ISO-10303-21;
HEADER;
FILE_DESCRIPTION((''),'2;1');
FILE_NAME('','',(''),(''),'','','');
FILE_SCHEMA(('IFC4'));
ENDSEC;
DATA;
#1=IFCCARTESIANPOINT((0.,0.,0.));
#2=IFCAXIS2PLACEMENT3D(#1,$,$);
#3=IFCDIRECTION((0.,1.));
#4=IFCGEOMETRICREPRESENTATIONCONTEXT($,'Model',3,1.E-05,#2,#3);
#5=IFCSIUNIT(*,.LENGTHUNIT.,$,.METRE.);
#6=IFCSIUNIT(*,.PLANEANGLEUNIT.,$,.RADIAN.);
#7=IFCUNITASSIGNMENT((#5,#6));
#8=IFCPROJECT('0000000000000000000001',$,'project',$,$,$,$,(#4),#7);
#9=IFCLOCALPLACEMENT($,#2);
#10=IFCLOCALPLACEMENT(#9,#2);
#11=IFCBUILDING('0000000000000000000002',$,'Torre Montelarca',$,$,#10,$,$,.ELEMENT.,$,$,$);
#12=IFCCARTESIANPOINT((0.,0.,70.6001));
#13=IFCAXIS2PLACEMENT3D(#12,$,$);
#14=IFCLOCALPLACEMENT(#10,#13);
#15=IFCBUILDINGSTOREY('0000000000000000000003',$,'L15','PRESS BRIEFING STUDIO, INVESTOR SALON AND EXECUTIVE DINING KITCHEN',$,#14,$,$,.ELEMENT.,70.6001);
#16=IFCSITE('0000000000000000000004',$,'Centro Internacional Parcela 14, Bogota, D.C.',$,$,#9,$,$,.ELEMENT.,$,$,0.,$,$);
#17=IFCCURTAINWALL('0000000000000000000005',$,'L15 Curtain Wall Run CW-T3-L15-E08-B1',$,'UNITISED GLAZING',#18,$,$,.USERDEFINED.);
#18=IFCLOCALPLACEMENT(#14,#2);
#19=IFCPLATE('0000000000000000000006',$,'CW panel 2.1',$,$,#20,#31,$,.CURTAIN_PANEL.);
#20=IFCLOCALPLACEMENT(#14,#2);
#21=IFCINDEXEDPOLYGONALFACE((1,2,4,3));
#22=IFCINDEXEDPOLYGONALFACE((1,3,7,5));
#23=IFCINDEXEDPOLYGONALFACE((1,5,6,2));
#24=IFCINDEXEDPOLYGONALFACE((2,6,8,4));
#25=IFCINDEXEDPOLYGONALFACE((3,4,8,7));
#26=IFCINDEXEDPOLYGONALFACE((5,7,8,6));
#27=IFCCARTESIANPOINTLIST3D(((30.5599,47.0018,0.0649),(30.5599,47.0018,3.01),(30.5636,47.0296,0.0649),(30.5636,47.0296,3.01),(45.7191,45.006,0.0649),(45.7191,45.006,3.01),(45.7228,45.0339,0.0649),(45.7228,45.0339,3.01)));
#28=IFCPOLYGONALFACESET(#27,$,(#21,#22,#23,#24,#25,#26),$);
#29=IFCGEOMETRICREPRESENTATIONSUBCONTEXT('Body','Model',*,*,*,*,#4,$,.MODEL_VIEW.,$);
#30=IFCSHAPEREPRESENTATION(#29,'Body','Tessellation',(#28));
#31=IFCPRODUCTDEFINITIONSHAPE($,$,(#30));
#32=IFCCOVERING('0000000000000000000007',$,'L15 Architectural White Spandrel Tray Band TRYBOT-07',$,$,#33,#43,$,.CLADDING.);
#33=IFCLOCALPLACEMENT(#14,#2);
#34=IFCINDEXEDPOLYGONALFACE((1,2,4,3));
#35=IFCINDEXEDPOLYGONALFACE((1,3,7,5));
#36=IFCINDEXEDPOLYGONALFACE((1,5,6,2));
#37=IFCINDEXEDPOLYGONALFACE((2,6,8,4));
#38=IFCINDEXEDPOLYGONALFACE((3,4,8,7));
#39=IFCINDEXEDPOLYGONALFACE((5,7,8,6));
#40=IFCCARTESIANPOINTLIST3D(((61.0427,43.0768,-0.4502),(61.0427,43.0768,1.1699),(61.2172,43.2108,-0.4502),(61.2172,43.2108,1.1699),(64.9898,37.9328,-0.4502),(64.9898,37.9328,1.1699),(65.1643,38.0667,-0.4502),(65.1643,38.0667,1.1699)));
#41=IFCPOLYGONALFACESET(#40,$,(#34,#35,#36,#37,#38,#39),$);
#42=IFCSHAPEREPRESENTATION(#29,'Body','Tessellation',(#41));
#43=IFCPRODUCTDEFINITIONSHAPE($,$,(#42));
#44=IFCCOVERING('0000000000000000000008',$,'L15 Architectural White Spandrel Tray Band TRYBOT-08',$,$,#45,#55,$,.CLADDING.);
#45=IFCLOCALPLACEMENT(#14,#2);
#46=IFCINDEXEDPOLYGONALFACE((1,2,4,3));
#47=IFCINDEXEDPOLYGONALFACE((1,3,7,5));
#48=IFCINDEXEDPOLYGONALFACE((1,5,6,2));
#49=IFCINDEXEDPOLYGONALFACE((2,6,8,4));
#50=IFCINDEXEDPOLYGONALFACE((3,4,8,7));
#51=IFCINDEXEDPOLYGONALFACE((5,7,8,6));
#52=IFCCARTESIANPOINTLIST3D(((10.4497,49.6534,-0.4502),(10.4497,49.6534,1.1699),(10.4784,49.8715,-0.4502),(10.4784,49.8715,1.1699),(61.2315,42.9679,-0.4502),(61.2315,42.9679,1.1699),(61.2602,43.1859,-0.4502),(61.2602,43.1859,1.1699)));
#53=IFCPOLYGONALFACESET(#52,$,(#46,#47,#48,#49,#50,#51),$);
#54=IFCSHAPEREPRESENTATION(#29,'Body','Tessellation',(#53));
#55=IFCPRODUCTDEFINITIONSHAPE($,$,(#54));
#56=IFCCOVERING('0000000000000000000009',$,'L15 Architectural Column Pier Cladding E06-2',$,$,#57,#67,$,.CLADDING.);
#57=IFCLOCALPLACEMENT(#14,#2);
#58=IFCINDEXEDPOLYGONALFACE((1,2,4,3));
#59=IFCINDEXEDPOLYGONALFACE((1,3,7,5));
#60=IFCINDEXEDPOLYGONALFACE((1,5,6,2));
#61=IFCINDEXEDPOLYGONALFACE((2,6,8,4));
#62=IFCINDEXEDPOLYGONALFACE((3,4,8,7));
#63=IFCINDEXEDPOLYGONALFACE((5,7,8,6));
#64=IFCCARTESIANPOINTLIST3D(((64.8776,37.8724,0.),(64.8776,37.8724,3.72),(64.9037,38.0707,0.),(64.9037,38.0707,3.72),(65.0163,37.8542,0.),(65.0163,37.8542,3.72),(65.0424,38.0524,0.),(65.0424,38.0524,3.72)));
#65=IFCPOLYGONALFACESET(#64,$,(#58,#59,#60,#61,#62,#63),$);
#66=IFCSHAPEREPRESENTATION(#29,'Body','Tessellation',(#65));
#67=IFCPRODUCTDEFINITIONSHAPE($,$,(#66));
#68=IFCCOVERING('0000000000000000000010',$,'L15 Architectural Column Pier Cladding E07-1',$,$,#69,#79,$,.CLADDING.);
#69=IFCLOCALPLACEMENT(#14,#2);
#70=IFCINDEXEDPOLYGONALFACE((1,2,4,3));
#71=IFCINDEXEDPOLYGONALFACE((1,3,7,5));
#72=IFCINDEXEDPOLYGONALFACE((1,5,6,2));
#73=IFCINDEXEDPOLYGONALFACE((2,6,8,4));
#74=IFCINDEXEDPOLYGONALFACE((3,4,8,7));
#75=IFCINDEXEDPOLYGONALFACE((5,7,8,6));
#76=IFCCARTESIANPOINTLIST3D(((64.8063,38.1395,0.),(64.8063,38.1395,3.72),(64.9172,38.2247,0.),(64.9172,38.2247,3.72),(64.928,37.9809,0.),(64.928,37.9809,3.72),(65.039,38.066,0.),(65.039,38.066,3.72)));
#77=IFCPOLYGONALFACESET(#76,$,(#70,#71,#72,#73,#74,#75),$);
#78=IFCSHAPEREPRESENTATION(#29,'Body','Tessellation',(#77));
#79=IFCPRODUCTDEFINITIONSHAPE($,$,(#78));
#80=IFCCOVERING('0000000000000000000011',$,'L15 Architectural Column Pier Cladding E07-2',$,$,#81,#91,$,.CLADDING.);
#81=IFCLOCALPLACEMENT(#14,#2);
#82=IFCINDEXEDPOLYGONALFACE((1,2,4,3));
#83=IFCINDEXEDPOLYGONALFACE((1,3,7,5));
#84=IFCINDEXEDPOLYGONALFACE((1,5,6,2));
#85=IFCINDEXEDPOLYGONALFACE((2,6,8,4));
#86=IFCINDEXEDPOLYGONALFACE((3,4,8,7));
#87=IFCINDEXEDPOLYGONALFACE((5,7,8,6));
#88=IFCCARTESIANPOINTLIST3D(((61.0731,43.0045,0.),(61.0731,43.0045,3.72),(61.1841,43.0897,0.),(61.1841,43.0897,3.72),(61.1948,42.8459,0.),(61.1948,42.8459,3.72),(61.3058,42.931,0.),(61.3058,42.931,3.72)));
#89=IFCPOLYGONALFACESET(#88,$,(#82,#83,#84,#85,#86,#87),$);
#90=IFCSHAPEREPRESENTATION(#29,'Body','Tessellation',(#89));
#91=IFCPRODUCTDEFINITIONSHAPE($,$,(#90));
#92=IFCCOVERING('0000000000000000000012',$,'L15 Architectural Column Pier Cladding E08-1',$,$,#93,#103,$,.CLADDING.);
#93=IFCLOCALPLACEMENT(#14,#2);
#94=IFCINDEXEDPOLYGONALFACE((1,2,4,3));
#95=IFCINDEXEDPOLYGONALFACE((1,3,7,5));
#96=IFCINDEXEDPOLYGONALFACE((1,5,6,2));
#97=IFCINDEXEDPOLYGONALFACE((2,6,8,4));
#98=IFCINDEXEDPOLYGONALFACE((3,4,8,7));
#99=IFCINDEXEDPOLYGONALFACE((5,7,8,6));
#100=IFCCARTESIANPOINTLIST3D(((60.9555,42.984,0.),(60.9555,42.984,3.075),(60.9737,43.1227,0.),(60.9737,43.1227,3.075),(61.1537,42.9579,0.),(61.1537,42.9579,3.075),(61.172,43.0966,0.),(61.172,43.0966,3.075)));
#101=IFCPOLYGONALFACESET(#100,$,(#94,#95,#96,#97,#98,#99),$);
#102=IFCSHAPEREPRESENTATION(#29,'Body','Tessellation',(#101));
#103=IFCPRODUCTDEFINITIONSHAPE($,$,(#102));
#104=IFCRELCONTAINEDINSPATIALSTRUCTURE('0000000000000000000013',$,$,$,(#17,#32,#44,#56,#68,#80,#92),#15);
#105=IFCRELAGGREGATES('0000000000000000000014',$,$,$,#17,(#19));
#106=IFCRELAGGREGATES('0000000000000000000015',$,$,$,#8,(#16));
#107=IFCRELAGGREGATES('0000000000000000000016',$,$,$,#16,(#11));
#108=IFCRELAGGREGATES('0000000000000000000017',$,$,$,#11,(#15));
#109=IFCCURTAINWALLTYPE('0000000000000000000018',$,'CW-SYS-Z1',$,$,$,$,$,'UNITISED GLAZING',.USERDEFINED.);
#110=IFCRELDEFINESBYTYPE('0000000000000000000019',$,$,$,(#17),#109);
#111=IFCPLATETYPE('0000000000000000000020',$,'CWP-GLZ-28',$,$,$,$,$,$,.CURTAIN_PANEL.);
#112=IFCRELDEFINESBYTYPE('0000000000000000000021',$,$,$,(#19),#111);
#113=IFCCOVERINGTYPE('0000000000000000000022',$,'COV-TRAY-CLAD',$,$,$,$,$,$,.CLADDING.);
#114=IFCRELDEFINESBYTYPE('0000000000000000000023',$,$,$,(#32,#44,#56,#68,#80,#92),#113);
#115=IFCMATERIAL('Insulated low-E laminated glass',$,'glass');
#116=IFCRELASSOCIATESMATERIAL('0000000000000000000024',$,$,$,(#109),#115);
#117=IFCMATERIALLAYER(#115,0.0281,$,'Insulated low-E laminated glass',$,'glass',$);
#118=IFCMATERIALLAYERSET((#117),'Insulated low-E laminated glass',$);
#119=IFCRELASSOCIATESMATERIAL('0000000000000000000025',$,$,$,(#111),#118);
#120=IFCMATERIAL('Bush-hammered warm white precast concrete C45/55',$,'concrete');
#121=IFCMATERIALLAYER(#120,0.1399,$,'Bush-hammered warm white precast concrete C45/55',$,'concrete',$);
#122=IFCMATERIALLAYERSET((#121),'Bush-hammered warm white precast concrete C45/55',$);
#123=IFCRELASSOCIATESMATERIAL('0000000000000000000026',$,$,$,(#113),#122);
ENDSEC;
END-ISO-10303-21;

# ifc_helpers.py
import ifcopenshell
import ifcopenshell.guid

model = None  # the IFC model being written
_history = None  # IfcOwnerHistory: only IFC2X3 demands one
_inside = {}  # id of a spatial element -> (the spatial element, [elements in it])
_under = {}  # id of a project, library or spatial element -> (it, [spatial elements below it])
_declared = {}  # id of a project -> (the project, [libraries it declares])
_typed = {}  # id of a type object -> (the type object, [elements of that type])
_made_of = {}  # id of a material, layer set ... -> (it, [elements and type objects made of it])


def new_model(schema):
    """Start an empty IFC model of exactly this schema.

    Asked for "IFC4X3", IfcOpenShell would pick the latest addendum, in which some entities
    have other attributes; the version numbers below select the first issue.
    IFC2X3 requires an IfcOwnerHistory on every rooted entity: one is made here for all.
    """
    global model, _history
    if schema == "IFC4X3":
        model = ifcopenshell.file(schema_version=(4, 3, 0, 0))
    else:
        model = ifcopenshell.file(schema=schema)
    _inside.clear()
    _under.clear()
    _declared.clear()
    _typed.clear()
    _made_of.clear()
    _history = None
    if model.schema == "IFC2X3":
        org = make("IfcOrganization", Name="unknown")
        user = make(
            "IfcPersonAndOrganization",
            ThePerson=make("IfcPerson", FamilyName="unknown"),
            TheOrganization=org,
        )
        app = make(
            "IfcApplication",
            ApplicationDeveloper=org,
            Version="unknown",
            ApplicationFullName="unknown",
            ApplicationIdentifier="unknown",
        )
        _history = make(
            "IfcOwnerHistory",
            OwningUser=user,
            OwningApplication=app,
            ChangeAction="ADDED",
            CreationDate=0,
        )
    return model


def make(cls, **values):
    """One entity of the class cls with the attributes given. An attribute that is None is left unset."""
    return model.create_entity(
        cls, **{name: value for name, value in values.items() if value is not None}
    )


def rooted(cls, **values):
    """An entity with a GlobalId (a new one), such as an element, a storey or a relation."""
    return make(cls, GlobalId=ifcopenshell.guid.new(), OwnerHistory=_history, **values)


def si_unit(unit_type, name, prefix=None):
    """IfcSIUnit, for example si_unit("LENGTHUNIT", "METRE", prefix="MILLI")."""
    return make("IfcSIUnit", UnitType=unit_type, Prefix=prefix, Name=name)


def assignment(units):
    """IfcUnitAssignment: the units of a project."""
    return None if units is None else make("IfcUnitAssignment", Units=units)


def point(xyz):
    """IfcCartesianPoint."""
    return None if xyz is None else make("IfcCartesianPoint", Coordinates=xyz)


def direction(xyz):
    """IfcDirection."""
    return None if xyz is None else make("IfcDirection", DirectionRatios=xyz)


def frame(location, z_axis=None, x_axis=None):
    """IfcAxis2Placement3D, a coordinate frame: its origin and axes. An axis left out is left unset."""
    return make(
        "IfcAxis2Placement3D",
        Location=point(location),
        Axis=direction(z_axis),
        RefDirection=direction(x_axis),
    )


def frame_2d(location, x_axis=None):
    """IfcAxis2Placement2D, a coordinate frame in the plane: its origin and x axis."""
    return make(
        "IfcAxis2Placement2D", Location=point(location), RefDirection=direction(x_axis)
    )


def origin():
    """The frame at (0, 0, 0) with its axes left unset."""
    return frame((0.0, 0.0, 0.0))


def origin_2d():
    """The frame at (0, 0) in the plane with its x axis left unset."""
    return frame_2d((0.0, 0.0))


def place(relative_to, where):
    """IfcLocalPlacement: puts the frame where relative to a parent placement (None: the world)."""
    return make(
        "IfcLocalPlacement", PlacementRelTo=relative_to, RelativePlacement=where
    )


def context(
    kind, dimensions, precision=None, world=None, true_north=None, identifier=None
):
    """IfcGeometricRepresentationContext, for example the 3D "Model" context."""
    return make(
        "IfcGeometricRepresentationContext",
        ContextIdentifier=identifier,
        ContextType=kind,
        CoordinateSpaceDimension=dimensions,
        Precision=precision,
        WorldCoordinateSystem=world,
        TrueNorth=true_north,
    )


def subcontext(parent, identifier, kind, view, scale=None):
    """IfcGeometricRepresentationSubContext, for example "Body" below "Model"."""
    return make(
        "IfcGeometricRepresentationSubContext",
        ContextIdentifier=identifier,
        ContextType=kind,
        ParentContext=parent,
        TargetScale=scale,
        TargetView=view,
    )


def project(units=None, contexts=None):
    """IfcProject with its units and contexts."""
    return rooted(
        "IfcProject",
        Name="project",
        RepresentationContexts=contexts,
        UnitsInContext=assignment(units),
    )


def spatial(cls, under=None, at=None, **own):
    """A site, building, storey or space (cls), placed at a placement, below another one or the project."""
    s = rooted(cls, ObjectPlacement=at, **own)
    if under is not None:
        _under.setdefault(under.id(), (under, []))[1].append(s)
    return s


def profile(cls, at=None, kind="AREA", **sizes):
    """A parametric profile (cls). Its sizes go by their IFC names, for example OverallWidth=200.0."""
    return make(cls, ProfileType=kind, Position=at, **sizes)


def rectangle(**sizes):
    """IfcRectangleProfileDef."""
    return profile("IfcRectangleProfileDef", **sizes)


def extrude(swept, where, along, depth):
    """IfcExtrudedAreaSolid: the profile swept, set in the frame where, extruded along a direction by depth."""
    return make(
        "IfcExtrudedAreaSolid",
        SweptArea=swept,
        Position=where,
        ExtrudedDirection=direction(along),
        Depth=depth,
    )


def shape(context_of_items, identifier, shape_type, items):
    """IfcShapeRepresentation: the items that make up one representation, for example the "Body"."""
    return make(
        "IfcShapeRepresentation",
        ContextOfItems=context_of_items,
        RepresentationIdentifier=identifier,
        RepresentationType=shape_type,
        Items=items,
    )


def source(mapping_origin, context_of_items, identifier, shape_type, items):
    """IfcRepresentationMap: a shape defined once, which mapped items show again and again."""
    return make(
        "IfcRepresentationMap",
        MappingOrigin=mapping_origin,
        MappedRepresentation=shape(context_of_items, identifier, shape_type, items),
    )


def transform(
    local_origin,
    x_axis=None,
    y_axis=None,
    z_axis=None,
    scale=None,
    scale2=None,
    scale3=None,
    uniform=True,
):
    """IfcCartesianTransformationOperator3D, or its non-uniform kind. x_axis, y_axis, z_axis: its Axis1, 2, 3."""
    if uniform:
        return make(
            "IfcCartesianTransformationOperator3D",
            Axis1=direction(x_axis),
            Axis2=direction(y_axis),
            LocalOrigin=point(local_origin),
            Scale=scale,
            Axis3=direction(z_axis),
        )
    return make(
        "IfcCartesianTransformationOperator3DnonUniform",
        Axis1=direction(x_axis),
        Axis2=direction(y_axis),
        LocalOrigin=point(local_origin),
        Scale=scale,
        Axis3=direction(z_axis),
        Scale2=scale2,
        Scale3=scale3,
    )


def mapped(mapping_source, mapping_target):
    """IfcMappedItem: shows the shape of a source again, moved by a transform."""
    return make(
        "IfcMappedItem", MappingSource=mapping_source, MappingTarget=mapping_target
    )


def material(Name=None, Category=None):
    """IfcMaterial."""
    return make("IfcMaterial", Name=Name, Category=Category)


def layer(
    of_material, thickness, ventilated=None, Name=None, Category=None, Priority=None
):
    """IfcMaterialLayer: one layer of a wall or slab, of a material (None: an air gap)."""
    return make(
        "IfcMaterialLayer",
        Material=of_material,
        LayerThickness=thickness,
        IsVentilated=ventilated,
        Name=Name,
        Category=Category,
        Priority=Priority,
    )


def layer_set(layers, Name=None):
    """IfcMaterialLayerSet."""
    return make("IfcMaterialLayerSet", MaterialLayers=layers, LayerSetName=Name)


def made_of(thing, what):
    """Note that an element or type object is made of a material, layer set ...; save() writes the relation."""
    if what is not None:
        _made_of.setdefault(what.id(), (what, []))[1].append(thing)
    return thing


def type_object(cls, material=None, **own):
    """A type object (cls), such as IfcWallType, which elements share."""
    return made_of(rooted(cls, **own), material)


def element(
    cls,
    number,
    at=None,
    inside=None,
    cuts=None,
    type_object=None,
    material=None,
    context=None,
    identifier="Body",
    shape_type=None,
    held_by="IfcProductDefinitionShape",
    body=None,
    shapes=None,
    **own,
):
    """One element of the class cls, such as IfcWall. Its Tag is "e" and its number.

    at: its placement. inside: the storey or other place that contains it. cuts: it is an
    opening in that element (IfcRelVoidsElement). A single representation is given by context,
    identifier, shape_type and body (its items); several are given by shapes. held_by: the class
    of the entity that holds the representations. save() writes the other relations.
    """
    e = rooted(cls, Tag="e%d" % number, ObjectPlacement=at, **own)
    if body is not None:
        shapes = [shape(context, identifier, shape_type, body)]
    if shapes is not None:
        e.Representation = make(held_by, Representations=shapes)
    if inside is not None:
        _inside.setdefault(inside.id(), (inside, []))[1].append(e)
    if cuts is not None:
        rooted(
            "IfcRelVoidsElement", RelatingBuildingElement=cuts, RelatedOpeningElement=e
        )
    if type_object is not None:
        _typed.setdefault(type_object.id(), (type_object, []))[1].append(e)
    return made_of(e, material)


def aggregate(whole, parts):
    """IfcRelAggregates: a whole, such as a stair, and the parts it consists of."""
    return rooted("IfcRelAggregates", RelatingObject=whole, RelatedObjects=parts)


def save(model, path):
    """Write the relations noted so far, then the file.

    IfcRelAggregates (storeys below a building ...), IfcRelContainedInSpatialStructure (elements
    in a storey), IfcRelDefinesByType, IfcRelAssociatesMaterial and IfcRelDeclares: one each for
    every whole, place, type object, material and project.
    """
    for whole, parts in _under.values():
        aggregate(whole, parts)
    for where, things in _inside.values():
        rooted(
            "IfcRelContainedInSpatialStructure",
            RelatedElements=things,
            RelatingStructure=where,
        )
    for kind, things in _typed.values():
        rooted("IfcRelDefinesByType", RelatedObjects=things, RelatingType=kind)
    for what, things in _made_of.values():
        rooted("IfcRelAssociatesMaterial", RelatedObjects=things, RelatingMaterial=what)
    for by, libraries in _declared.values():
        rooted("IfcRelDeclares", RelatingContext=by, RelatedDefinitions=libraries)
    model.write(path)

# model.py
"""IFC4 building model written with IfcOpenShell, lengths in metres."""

from ifc_helpers import new_model, si_unit, direction, frame, origin, origin_2d, place, context, subcontext, project, spatial, rectangle, extrude, source, transform, mapped, material, layer, layer_set, type_object, element, aggregate, save


model = new_model("IFC4")

# Units and contexts
model_context = context("Model", 3, precision=1e-05, world=origin(), true_north=direction((0.0, 1.0)))
body_context = subcontext(model_context, "Body", "Model", "MODEL_VIEW")
ifc_project = project(units=[si_unit("LENGTHUNIT", "METRE"), si_unit("PLANEANGLEUNIT", "RADIAN")], contexts=[model_context])

# Site, building, storey
site_placement = place(None, origin())
site = spatial("IfcSite", under=ifc_project, at=site_placement, Name="Centro Internacional Parcela 14, Bogota, D.C.", CompositionType="ELEMENT", RefElevation=0.0)
building_placement = place(site_placement, origin())
building = spatial("IfcBuilding", under=site, at=building_placement, Name="Torre Montelarca", CompositionType="ELEMENT")
storey_placement = place(building_placement, frame((0.0, 0.0, 70.6001)))
storey = spatial("IfcBuildingStorey", under=building, at=storey_placement, Name="L15", Description="PRESS BRIEFING STUDIO, INVESTOR SALON AND EXECUTIVE DINING KITCHEN", CompositionType="ELEMENT", Elevation=70.6001)

# Curtain wall
ifc_material_1 = material(Name="Insulated low-E laminated glass", Category="glass")
curtain_wall_type = type_object("IfcCurtainWallType", Name="CW-SYS-Z1", ElementType="UNITISED GLAZING", PredefinedType="USERDEFINED", material=ifc_material_1)
curtain_wall_1_placement = place(storey_placement, origin())
curtain_wall_1 = element("IfcCurtainWall", 1, at=curtain_wall_1_placement, inside=storey, type_object=curtain_wall_type, Name="L15 Curtain Wall Run CW-T3-L15-E08-B1", ObjectType="UNITISED GLAZING", PredefinedType="USERDEFINED")

# Plate
ifc_layer_1 = layer(ifc_material_1, 0.0281, Name="Insulated low-E laminated glass", Category="glass")
ifc_layer_set_1 = layer_set([ifc_layer_1], Name="Insulated low-E laminated glass")
plate_type = type_object("IfcPlateType", Name="CWP-GLZ-28", PredefinedType="CURTAIN_PANEL", material=ifc_layer_set_1)
shared_shape_1 = source(origin(), body_context, "Body", "SweptSolid", [
    extrude(rectangle(XDim=15.29, YDim=0.0281, at=origin_2d()), origin(), (0.0, 0.0, 1.0), 2.9451),
])
plate_1_placement = place(storey_placement, frame((38.1414, 46.0178, 0.0649), z_axis=(0.0, 0.0, 1.0), x_axis=(-0.991445, 0.130525, 0.0)))
plate_1 = element("IfcPlate", 2, at=plate_1_placement, type_object=plate_type, Name="CW panel 2.1", PredefinedType="CURTAIN_PANEL", context=body_context, shape_type="MappedRepresentation", body=[
    mapped(shared_shape_1, transform((0.0, 0.0, 0.0), scale=1.0)),
])
aggregate(curtain_wall_1, [plate_1])

# Coverings
ifc_material_2 = material(Name="Bush-hammered warm white precast concrete C45/55", Category="concrete")
ifc_layer_2 = layer(ifc_material_2, 0.1399, Name="Bush-hammered warm white precast concrete C45/55", Category="concrete")
ifc_layer_set_2 = layer_set([ifc_layer_2], Name="Bush-hammered warm white precast concrete C45/55")
covering_type = type_object("IfcCoveringType", Name="COV-TRAY-CLAD", PredefinedType="CLADDING", material=ifc_layer_set_2)
shared_shape_2 = source(origin(), body_context, "Body", "SweptSolid", [
    extrude(rectangle(XDim=6.4839, YDim=0.22, at=origin_2d()), origin(), (0.0, 0.0, 1.0), 1.6201),
])
covering_1_placement = place(storey_placement, frame((63.1035, 40.5718, -0.4502), z_axis=(0.0, 0.0, 1.0), x_axis=(-0.608756, 0.793358, 0.0)))
element("IfcCovering", 3, at=covering_1_placement, inside=storey, type_object=covering_type, Name="L15 Architectural White Spandrel Tray Band TRYBOT-07", PredefinedType="CLADDING", context=body_context, shape_type="MappedRepresentation", body=[
    mapped(shared_shape_2, transform((0.0, 0.0, 0.0), scale=1.0)),
])
shared_shape_3 = source(origin(), body_context, "Body", "SweptSolid", [
    extrude(rectangle(XDim=51.22, YDim=0.22, at=origin_2d()), origin(), (0.0, 0.0, 1.0), 1.6201),
])
covering_2_placement = place(storey_placement, frame((35.855, 46.4197, -0.4502), z_axis=(0.0, 0.0, 1.0), x_axis=(-0.991445, 0.130526, 0.0)))
element("IfcCovering", 4, at=covering_2_placement, inside=storey, type_object=covering_type, Name="L15 Architectural White Spandrel Tray Band TRYBOT-08", PredefinedType="CLADDING", context=body_context, shape_type="MappedRepresentation", body=[
    mapped(shared_shape_3, transform((0.0, 0.0, 0.0), scale=1.0)),
])
shared_shape_4 = source(origin(), body_context, "Body", "SweptSolid", [
    extrude(rectangle(XDim=0.2, YDim=0.1399, at=origin_2d()), origin(), (0.0, 0.0, 1.0), 3.72),
])
for number, where, z_axis, x_axis, name in (
    (5, (64.96, 37.9624, 0.0), (0.0, 0.0, 1.0), (0.130524, 0.991445, 0.0), "L15 Architectural Column Pier Cladding E06-2"),
    (6, (64.9226, 38.1028, 0.0), (0.0, 0.0, 1.0), (-0.608764, 0.793351, 0.0), "L15 Architectural Column Pier Cladding E07-1"),
    (7, (61.1895, 42.9678, 0.0), (0.0, 0.0, 1.0), (-0.608764, 0.793351, 0.0), "L15 Architectural Column Pier Cladding E07-2"),
):
    element("IfcCovering", number, at=place(storey_placement, frame(where, z_axis=z_axis, x_axis=x_axis)), inside=storey, type_object=covering_type, Name=name, PredefinedType="CLADDING", context=body_context, shape_type="MappedRepresentation", body=[
        mapped(shared_shape_4, transform((0.0, 0.0, 0.0), scale=1.0)),
    ])
shared_shape_5 = source(origin(), body_context, "Body", "SweptSolid", [
    extrude(rectangle(XDim=0.2, YDim=0.1399, at=origin_2d()), origin(), (0.0, 0.0, 1.0), 3.075),
])
covering_3_placement = place(storey_placement, frame((61.0637, 43.0403, 0.0), z_axis=(0.0, 0.0, 1.0), x_axis=(-0.991445, 0.130526, 0.0)))
element("IfcCovering", 8, at=covering_3_placement, inside=storey, type_object=covering_type, Name="L15 Architectural Column Pier Cladding E08-1", PredefinedType="CLADDING", context=body_context, shape_type="MappedRepresentation", body=[
    mapped(shared_shape_5, transform((0.0, 0.0, 0.0), scale=1.0)),
])

save(model, "model.ifc")
